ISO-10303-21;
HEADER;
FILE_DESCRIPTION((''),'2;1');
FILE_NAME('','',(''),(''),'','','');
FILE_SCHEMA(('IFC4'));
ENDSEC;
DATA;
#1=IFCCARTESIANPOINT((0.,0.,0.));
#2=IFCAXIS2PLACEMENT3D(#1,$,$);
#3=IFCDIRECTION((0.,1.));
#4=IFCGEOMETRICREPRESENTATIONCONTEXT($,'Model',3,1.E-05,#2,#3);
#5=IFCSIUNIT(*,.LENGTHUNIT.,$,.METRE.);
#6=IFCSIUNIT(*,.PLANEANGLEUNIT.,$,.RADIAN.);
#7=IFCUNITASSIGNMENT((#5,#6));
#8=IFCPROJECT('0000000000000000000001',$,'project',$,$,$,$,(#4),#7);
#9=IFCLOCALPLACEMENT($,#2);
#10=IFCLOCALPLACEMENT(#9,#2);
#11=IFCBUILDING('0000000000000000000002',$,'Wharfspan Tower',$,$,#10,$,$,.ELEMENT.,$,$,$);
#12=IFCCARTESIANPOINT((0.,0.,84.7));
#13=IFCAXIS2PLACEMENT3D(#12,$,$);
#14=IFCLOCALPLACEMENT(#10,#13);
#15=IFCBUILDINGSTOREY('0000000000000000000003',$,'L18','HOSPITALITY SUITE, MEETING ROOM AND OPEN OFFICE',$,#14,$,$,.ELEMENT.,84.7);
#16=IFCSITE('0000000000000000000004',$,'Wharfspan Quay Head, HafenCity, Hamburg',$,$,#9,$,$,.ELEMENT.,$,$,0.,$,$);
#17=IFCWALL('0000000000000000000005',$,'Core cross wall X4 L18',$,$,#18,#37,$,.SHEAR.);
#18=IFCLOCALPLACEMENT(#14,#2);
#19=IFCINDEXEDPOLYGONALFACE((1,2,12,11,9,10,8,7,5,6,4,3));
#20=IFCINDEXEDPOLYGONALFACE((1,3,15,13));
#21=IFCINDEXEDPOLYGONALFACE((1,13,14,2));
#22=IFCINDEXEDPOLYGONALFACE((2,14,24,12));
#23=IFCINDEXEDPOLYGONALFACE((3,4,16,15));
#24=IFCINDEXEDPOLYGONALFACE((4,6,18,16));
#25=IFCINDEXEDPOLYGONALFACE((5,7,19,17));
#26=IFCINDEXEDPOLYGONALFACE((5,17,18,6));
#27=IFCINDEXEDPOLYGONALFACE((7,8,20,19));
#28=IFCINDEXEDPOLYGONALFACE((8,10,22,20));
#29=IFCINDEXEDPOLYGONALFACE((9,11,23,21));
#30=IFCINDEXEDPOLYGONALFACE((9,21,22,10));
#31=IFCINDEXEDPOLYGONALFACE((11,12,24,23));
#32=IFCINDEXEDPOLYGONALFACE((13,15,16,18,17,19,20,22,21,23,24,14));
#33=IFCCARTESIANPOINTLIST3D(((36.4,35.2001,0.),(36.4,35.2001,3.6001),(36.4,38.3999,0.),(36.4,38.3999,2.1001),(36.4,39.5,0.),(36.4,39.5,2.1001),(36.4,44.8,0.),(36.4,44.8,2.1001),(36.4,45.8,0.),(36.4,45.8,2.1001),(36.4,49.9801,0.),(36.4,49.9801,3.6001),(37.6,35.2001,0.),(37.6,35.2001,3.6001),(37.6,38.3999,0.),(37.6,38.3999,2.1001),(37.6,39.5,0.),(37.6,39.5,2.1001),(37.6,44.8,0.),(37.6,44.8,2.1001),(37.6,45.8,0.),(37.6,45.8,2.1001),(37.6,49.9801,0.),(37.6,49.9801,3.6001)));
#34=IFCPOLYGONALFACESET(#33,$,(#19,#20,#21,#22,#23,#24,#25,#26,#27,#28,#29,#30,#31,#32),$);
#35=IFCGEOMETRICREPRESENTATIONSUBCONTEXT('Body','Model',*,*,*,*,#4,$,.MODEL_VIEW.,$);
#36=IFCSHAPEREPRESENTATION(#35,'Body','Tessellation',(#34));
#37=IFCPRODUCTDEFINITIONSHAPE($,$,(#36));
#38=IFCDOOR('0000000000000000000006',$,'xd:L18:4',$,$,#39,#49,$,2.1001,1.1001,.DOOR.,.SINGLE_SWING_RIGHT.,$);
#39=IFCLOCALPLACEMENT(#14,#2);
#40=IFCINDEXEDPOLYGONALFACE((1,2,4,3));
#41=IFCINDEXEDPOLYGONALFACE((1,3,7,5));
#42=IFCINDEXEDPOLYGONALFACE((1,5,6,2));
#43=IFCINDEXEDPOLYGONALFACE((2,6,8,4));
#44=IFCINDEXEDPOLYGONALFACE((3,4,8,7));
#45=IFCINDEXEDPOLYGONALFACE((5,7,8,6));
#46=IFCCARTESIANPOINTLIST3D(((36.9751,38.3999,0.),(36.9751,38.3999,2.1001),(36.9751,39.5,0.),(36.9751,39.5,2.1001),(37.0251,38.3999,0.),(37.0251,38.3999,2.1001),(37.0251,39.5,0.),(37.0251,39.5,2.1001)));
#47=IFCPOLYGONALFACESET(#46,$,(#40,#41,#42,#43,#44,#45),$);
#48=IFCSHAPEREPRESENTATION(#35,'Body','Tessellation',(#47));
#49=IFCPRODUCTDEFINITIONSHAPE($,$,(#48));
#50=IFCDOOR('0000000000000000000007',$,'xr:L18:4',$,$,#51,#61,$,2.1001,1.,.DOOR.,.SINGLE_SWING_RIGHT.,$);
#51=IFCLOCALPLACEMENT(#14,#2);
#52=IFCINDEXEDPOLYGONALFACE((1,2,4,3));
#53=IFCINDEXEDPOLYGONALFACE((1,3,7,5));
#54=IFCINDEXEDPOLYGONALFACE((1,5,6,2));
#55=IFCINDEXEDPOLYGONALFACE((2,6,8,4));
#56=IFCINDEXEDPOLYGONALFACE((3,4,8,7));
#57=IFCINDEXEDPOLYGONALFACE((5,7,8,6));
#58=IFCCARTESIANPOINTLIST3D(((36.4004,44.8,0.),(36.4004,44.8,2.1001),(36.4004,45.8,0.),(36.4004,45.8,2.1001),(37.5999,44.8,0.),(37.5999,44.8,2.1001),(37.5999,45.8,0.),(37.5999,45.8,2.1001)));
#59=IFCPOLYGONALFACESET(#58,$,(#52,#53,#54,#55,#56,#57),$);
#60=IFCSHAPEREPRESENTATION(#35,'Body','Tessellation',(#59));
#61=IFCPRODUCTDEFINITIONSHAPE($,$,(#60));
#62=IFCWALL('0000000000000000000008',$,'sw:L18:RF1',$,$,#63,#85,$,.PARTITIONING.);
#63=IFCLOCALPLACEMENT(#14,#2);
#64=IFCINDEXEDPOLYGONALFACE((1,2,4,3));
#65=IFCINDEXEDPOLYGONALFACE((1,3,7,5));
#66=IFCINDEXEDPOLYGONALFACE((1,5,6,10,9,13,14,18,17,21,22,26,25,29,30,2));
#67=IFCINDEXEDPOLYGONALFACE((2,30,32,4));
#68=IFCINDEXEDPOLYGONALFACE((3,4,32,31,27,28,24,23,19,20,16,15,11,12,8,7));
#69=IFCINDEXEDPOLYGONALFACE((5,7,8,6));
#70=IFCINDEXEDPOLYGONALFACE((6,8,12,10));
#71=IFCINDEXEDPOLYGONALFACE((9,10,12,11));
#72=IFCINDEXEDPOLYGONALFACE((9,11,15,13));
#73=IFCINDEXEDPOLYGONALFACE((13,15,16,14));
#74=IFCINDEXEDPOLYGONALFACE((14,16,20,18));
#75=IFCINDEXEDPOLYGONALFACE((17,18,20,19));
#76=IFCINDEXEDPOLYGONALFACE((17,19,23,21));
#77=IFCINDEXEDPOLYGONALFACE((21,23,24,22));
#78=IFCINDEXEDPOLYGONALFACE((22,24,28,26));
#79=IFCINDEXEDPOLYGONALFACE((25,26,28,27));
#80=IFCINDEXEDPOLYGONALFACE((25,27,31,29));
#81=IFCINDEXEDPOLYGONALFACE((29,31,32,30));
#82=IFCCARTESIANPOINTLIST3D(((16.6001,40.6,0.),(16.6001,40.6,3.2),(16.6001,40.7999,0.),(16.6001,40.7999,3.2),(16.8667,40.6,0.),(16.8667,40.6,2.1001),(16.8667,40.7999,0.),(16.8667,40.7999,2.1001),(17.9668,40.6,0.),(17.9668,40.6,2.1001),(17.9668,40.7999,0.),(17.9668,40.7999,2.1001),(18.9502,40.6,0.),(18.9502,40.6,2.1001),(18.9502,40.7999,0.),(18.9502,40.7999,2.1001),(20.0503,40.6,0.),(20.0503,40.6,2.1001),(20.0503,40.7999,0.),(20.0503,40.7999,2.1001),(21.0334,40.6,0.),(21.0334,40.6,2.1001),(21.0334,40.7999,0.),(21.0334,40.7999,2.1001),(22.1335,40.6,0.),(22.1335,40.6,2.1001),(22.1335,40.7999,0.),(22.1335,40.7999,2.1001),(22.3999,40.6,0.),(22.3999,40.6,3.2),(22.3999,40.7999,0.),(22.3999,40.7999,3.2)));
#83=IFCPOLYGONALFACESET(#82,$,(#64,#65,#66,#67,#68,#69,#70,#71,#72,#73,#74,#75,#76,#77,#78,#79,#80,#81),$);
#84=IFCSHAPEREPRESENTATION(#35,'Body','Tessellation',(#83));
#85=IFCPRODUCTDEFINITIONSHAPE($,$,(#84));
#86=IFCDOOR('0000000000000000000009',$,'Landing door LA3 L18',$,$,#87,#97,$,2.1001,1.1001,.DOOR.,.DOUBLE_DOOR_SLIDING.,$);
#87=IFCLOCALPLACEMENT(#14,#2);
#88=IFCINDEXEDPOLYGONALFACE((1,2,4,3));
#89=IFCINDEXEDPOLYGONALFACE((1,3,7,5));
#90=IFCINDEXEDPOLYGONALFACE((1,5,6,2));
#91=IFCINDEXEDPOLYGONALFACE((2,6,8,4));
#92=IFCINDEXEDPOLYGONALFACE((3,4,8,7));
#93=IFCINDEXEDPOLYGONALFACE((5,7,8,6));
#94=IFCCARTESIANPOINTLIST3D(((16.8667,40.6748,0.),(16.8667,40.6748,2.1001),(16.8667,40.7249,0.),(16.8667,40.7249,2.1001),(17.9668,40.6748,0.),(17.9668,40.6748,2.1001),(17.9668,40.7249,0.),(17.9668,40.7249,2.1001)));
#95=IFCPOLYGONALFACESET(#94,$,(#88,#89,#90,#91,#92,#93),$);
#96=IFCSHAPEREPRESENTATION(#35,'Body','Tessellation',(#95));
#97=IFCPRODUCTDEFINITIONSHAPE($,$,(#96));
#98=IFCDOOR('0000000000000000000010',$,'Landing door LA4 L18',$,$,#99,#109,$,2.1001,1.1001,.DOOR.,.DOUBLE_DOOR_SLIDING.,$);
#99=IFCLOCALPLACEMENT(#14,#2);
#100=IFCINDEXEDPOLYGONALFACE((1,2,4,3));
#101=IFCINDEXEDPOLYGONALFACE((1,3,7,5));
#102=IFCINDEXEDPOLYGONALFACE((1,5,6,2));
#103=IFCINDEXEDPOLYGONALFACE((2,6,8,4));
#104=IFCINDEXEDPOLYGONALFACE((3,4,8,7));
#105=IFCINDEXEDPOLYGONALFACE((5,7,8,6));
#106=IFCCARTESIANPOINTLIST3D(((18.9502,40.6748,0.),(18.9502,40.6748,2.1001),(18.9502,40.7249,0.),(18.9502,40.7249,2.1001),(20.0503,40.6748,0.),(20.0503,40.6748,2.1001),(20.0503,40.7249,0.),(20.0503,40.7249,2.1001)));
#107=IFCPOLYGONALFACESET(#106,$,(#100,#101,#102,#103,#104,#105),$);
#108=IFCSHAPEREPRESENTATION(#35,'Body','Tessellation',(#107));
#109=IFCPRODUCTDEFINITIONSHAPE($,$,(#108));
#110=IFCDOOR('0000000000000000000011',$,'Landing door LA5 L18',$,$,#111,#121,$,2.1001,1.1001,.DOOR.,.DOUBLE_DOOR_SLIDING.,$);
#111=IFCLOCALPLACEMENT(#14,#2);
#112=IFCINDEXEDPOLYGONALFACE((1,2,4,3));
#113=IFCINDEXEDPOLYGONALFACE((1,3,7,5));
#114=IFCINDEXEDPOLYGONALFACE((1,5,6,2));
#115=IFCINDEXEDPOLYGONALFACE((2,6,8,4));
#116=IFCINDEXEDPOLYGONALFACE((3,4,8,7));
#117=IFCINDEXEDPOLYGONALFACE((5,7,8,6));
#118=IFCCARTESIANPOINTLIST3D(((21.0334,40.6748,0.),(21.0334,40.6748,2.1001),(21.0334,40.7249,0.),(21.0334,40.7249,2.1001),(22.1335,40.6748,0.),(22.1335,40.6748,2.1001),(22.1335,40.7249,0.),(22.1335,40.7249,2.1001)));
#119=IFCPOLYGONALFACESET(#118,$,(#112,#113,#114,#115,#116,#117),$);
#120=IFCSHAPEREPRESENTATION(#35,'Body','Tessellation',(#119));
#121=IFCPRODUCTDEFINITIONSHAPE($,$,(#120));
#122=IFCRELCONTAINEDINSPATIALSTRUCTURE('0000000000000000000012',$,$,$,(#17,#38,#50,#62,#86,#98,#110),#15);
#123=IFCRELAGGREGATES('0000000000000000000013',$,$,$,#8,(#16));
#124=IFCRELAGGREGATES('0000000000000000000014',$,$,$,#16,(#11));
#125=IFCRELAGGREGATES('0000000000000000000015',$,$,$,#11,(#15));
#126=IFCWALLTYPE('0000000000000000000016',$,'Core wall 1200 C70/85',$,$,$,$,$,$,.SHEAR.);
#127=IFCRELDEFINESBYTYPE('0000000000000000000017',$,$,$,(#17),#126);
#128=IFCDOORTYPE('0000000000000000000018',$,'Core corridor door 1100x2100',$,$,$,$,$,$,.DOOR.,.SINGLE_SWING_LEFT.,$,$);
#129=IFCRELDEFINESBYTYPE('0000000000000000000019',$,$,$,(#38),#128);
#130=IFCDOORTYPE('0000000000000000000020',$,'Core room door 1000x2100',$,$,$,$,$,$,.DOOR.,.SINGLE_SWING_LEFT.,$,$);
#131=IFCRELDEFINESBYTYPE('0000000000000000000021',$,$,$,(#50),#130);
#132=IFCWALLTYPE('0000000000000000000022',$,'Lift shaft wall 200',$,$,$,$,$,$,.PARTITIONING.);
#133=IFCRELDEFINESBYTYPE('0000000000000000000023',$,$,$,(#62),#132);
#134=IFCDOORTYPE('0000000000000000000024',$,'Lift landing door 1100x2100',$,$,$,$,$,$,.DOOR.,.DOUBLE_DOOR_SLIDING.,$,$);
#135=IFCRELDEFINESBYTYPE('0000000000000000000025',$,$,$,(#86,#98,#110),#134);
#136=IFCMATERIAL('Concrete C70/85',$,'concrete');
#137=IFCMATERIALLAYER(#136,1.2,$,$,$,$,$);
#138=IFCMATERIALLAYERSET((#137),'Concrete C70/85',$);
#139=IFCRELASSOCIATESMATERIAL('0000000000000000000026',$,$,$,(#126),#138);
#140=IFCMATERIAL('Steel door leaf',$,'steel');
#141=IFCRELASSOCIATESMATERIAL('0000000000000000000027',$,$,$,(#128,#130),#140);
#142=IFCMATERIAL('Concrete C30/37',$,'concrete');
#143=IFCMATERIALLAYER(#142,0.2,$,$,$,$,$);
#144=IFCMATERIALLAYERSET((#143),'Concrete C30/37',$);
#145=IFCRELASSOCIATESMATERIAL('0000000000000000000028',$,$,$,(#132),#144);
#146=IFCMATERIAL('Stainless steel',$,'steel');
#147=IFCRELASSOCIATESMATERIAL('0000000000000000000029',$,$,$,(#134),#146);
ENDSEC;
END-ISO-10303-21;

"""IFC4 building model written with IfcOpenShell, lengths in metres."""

from ifc_helpers import new_model, si_unit, direction, frame, frame_2d, origin, place, context, subcontext, project, spatial, rectangle, extrude, material, layer, layer_set, type_object, element, fill, save


model = new_model("IFC4")

# Units and contexts
model_context = context("Model", 3, precision=1e-05, world=origin(), true_north=direction((0.0, 1.0)))
body_context = subcontext(model_context, "Body", "Model", "MODEL_VIEW")
ifc_project = project(units=[si_unit("LENGTHUNIT", "METRE"), si_unit("PLANEANGLEUNIT", "RADIAN")], contexts=[model_context])

# Site, building, storey
site_placement = place(None, origin())
site = spatial("IfcSite", under=ifc_project, at=site_placement, Name="Wharfspan Quay Head, HafenCity, Hamburg", CompositionType="ELEMENT", RefElevation=0.0)
building_placement = place(site_placement, origin())
building = spatial("IfcBuilding", under=site, at=building_placement, Name="Wharfspan Tower", CompositionType="ELEMENT")
storey_placement = place(building_placement, frame((0.0, 0.0, 84.7)))
storey = spatial("IfcBuildingStorey", under=building, at=storey_placement, Name="L18", Description="HOSPITALITY SUITE, MEETING ROOM AND OPEN OFFICE", CompositionType="ELEMENT", Elevation=84.7)

# Shared definitions
ifc_material_1 = material(Name="Concrete C70/85", Category="concrete")
ifc_layer_1 = layer(ifc_material_1, 1.2)
ifc_layer_set_1 = layer_set([ifc_layer_1], Name="Concrete C70/85")
wall_type_1 = type_object("IfcWallType", Name="Core wall 1200 C70/85", PredefinedType="SHEAR", material=ifc_layer_set_1)
ifc_material_2 = material(Name="Steel door leaf", Category="steel")
door_type_1 = type_object("IfcDoorType", Name="Core corridor door 1100x2100", OperationType="SINGLE_SWING_LEFT", PredefinedType="DOOR", material=ifc_material_2)
door_type_2 = type_object("IfcDoorType", Name="Core room door 1000x2100", OperationType="SINGLE_SWING_LEFT", PredefinedType="DOOR", material=ifc_material_2)

# Walls, openings, doors
wall_1_placement = place(storey_placement, frame((37.0, 35.2, 0.0), z_axis=(0.0, 0.0, 1.0), x_axis=(0.0, 1.0, 0.0)))
wall_1 = element("IfcWall", 1, at=wall_1_placement, inside=storey, type_object=wall_type_1, Name="Core cross wall X4 L18", PredefinedType="SHEAR", context=body_context, shape_type="SweptSolid", body=[
    extrude(rectangle(XDim=14.78, YDim=1.2, at=frame_2d((7.3901, 0.0))), origin(), (0.0, 0.0, 1.0), 3.6001),
])
opening_1_placement = place(wall_1_placement, frame((3.2, 0.0, 0.0)))
opening_1 = element("IfcOpeningElement", 2, at=opening_1_placement, cuts=wall_1, PredefinedType="OPENING", context=body_context, shape_type="SweptSolid", body=[
    extrude(rectangle(XDim=1.1001, YDim=2.1001, at=frame_2d((0.55, 1.05))), frame((0.0, 0.6099, 0.0), z_axis=(0.0, -1.0, 0.0), x_axis=(1.0, 0.0, 0.0)), (0.0, 0.0, 1.0), 1.22),
])
opening_2_placement = place(wall_1_placement, frame((9.6001, 0.0, 0.0)))
opening_2 = element("IfcOpeningElement", 3, at=opening_2_placement, cuts=wall_1, PredefinedType="OPENING", context=body_context, shape_type="SweptSolid", body=[
    extrude(rectangle(XDim=1.0, YDim=2.1001, at=frame_2d((0.5, 1.05))), frame((0.0, 0.6099, 0.0), z_axis=(0.0, -1.0, 0.0), x_axis=(1.0, 0.0, 0.0)), (0.0, 0.0, 1.0), 1.22),
])
door_1_placement = place(opening_1_placement, origin())
door_1 = element("IfcDoor", 4, at=door_1_placement, inside=storey, type_object=door_type_1, Name="xd:L18:4", OperationType="SINGLE_SWING_RIGHT", OverallHeight=2.1001, OverallWidth=1.1001, PredefinedType="DOOR", context=body_context, shape_type="SweptSolid", body=[
    extrude(rectangle(XDim=1.1001, YDim=2.1001, at=frame_2d((0.55, 1.05))), frame((0.0, 0.0249, 0.0), z_axis=(0.0, -1.0, 0.0), x_axis=(1.0, 0.0, 0.0)), (0.0, 0.0, 1.0), 0.05),
])
fill(opening_1, door_1)
door_2_placement = place(opening_2_placement, origin())
door_2 = element("IfcDoor", 5, at=door_2_placement, inside=storey, type_object=door_type_2, Name="xr:L18:4", OperationType="SINGLE_SWING_RIGHT", OverallHeight=2.1001, OverallWidth=1.0, PredefinedType="DOOR", context=body_context, shape_type="SweptSolid", body=[
    extrude(rectangle(XDim=1.0, YDim=2.1001, at=frame_2d((0.5, 1.05))), frame((0.0, 0.5996, 0.0), z_axis=(0.0, -1.0, 0.0), x_axis=(1.0, 0.0, 0.0)), (0.0, 0.0, 1.0), 1.1995),
])
fill(opening_2, door_2)
ifc_material_3 = material(Name="Concrete C30/37", Category="concrete")
ifc_layer_2 = layer(ifc_material_3, 0.2)
ifc_layer_set_2 = layer_set([ifc_layer_2], Name="Concrete C30/37")
wall_type_2 = type_object("IfcWallType", Name="Lift shaft wall 200", PredefinedType="PARTITIONING", material=ifc_layer_set_2)
wall_2_placement = place(storey_placement, frame((16.6001, 40.7, 0.0), z_axis=(0.0, 0.0, 1.0), x_axis=(1.0, 0.0, 0.0)))
wall_2 = element("IfcWall", 6, at=wall_2_placement, inside=storey, type_object=wall_type_2, Name="sw:L18:RF1", PredefinedType="PARTITIONING", context=body_context, shape_type="SweptSolid", body=[
    extrude(rectangle(XDim=5.7998, YDim=0.2, at=frame_2d((2.8999, 0.0))), origin(), (0.0, 0.0, 1.0), 3.2),
])
opening_3_placement = place(wall_2_placement, frame((0.2666, 0.0, 0.0)))
opening_3 = element("IfcOpeningElement", 7, at=opening_3_placement, cuts=wall_2, PredefinedType="OPENING", context=body_context, shape_type="SweptSolid", body=[
    extrude(rectangle(XDim=1.1001, YDim=2.1001, at=frame_2d((0.55, 1.05))), frame((0.0, 0.1099, 0.0), z_axis=(0.0, -1.0, 0.0), x_axis=(1.0, 0.0, 0.0)), (0.0, 0.0, 1.0), 0.22),
])
opening_4_placement = place(wall_2_placement, frame((2.3501, 0.0, 0.0)))
opening_4 = element("IfcOpeningElement", 8, at=opening_4_placement, cuts=wall_2, PredefinedType="OPENING", context=body_context, shape_type="SweptSolid", body=[
    extrude(rectangle(XDim=1.1001, YDim=2.1001, at=frame_2d((0.55, 1.05))), frame((0.0, 0.1099, 0.0), z_axis=(0.0, -1.0, 0.0), x_axis=(1.0, 0.0, 0.0)), (0.0, 0.0, 1.0), 0.22),
])
opening_5_placement = place(wall_2_placement, frame((4.4333, 0.0, 0.0)))
opening_5 = element("IfcOpeningElement", 9, at=opening_5_placement, cuts=wall_2, PredefinedType="OPENING", context=body_context, shape_type="SweptSolid", body=[
    extrude(rectangle(XDim=1.1001, YDim=2.1001, at=frame_2d((0.55, 1.05))), frame((0.0, 0.1099, 0.0), z_axis=(0.0, -1.0, 0.0), x_axis=(1.0, 0.0, 0.0)), (0.0, 0.0, 1.0), 0.22),
])
ifc_material_4 = material(Name="Stainless steel", Category="steel")
door_type_3 = type_object("IfcDoorType", Name="Lift landing door 1100x2100", OperationType="DOUBLE_DOOR_SLIDING", PredefinedType="DOOR", material=ifc_material_4)
door_3_placement = place(opening_3_placement, origin())
door_3 = element("IfcDoor", 10, at=door_3_placement, inside=storey, type_object=door_type_3, Name="Landing door LA3 L18", OperationType="DOUBLE_DOOR_SLIDING", OverallHeight=2.1001, OverallWidth=1.1001, PredefinedType="DOOR", context=body_context, shape_type="SweptSolid", body=[
    extrude(rectangle(XDim=1.1001, YDim=2.1001, at=frame_2d((0.55, 1.05))), frame((0.0, 0.0249, 0.0), z_axis=(0.0, -1.0, 0.0), x_axis=(1.0, 0.0, 0.0)), (0.0, 0.0, 1.0), 0.05),
])
fill(opening_3, door_3)
door_4_placement = place(opening_4_placement, origin())
door_4 = element("IfcDoor", 11, at=door_4_placement, inside=storey, type_object=door_type_3, Name="Landing door LA4 L18", OperationType="DOUBLE_DOOR_SLIDING", OverallHeight=2.1001, OverallWidth=1.1001, PredefinedType="DOOR", context=body_context, shape_type="SweptSolid", body=[
    extrude(rectangle(XDim=1.1001, YDim=2.1001, at=frame_2d((0.55, 1.05))), frame((0.0, 0.0249, 0.0), z_axis=(0.0, -1.0, 0.0), x_axis=(1.0, 0.0, 0.0)), (0.0, 0.0, 1.0), 0.05),
])
fill(opening_4, door_4)
door_5_placement = place(opening_5_placement, origin())
door_5 = element("IfcDoor", 12, at=door_5_placement, inside=storey, type_object=door_type_3, Name="Landing door LA5 L18", OperationType="DOUBLE_DOOR_SLIDING", OverallHeight=2.1001, OverallWidth=1.1001, PredefinedType="DOOR", context=body_context, shape_type="SweptSolid", body=[
    extrude(rectangle(XDim=1.1001, YDim=2.1001, at=frame_2d((0.55, 1.05))), frame((0.0, 0.0249, 0.0), z_axis=(0.0, -1.0, 0.0), x_axis=(1.0, 0.0, 0.0)), (0.0, 0.0, 1.0), 0.05),
])
fill(opening_5, door_5)

save(model, "model.ifc")
